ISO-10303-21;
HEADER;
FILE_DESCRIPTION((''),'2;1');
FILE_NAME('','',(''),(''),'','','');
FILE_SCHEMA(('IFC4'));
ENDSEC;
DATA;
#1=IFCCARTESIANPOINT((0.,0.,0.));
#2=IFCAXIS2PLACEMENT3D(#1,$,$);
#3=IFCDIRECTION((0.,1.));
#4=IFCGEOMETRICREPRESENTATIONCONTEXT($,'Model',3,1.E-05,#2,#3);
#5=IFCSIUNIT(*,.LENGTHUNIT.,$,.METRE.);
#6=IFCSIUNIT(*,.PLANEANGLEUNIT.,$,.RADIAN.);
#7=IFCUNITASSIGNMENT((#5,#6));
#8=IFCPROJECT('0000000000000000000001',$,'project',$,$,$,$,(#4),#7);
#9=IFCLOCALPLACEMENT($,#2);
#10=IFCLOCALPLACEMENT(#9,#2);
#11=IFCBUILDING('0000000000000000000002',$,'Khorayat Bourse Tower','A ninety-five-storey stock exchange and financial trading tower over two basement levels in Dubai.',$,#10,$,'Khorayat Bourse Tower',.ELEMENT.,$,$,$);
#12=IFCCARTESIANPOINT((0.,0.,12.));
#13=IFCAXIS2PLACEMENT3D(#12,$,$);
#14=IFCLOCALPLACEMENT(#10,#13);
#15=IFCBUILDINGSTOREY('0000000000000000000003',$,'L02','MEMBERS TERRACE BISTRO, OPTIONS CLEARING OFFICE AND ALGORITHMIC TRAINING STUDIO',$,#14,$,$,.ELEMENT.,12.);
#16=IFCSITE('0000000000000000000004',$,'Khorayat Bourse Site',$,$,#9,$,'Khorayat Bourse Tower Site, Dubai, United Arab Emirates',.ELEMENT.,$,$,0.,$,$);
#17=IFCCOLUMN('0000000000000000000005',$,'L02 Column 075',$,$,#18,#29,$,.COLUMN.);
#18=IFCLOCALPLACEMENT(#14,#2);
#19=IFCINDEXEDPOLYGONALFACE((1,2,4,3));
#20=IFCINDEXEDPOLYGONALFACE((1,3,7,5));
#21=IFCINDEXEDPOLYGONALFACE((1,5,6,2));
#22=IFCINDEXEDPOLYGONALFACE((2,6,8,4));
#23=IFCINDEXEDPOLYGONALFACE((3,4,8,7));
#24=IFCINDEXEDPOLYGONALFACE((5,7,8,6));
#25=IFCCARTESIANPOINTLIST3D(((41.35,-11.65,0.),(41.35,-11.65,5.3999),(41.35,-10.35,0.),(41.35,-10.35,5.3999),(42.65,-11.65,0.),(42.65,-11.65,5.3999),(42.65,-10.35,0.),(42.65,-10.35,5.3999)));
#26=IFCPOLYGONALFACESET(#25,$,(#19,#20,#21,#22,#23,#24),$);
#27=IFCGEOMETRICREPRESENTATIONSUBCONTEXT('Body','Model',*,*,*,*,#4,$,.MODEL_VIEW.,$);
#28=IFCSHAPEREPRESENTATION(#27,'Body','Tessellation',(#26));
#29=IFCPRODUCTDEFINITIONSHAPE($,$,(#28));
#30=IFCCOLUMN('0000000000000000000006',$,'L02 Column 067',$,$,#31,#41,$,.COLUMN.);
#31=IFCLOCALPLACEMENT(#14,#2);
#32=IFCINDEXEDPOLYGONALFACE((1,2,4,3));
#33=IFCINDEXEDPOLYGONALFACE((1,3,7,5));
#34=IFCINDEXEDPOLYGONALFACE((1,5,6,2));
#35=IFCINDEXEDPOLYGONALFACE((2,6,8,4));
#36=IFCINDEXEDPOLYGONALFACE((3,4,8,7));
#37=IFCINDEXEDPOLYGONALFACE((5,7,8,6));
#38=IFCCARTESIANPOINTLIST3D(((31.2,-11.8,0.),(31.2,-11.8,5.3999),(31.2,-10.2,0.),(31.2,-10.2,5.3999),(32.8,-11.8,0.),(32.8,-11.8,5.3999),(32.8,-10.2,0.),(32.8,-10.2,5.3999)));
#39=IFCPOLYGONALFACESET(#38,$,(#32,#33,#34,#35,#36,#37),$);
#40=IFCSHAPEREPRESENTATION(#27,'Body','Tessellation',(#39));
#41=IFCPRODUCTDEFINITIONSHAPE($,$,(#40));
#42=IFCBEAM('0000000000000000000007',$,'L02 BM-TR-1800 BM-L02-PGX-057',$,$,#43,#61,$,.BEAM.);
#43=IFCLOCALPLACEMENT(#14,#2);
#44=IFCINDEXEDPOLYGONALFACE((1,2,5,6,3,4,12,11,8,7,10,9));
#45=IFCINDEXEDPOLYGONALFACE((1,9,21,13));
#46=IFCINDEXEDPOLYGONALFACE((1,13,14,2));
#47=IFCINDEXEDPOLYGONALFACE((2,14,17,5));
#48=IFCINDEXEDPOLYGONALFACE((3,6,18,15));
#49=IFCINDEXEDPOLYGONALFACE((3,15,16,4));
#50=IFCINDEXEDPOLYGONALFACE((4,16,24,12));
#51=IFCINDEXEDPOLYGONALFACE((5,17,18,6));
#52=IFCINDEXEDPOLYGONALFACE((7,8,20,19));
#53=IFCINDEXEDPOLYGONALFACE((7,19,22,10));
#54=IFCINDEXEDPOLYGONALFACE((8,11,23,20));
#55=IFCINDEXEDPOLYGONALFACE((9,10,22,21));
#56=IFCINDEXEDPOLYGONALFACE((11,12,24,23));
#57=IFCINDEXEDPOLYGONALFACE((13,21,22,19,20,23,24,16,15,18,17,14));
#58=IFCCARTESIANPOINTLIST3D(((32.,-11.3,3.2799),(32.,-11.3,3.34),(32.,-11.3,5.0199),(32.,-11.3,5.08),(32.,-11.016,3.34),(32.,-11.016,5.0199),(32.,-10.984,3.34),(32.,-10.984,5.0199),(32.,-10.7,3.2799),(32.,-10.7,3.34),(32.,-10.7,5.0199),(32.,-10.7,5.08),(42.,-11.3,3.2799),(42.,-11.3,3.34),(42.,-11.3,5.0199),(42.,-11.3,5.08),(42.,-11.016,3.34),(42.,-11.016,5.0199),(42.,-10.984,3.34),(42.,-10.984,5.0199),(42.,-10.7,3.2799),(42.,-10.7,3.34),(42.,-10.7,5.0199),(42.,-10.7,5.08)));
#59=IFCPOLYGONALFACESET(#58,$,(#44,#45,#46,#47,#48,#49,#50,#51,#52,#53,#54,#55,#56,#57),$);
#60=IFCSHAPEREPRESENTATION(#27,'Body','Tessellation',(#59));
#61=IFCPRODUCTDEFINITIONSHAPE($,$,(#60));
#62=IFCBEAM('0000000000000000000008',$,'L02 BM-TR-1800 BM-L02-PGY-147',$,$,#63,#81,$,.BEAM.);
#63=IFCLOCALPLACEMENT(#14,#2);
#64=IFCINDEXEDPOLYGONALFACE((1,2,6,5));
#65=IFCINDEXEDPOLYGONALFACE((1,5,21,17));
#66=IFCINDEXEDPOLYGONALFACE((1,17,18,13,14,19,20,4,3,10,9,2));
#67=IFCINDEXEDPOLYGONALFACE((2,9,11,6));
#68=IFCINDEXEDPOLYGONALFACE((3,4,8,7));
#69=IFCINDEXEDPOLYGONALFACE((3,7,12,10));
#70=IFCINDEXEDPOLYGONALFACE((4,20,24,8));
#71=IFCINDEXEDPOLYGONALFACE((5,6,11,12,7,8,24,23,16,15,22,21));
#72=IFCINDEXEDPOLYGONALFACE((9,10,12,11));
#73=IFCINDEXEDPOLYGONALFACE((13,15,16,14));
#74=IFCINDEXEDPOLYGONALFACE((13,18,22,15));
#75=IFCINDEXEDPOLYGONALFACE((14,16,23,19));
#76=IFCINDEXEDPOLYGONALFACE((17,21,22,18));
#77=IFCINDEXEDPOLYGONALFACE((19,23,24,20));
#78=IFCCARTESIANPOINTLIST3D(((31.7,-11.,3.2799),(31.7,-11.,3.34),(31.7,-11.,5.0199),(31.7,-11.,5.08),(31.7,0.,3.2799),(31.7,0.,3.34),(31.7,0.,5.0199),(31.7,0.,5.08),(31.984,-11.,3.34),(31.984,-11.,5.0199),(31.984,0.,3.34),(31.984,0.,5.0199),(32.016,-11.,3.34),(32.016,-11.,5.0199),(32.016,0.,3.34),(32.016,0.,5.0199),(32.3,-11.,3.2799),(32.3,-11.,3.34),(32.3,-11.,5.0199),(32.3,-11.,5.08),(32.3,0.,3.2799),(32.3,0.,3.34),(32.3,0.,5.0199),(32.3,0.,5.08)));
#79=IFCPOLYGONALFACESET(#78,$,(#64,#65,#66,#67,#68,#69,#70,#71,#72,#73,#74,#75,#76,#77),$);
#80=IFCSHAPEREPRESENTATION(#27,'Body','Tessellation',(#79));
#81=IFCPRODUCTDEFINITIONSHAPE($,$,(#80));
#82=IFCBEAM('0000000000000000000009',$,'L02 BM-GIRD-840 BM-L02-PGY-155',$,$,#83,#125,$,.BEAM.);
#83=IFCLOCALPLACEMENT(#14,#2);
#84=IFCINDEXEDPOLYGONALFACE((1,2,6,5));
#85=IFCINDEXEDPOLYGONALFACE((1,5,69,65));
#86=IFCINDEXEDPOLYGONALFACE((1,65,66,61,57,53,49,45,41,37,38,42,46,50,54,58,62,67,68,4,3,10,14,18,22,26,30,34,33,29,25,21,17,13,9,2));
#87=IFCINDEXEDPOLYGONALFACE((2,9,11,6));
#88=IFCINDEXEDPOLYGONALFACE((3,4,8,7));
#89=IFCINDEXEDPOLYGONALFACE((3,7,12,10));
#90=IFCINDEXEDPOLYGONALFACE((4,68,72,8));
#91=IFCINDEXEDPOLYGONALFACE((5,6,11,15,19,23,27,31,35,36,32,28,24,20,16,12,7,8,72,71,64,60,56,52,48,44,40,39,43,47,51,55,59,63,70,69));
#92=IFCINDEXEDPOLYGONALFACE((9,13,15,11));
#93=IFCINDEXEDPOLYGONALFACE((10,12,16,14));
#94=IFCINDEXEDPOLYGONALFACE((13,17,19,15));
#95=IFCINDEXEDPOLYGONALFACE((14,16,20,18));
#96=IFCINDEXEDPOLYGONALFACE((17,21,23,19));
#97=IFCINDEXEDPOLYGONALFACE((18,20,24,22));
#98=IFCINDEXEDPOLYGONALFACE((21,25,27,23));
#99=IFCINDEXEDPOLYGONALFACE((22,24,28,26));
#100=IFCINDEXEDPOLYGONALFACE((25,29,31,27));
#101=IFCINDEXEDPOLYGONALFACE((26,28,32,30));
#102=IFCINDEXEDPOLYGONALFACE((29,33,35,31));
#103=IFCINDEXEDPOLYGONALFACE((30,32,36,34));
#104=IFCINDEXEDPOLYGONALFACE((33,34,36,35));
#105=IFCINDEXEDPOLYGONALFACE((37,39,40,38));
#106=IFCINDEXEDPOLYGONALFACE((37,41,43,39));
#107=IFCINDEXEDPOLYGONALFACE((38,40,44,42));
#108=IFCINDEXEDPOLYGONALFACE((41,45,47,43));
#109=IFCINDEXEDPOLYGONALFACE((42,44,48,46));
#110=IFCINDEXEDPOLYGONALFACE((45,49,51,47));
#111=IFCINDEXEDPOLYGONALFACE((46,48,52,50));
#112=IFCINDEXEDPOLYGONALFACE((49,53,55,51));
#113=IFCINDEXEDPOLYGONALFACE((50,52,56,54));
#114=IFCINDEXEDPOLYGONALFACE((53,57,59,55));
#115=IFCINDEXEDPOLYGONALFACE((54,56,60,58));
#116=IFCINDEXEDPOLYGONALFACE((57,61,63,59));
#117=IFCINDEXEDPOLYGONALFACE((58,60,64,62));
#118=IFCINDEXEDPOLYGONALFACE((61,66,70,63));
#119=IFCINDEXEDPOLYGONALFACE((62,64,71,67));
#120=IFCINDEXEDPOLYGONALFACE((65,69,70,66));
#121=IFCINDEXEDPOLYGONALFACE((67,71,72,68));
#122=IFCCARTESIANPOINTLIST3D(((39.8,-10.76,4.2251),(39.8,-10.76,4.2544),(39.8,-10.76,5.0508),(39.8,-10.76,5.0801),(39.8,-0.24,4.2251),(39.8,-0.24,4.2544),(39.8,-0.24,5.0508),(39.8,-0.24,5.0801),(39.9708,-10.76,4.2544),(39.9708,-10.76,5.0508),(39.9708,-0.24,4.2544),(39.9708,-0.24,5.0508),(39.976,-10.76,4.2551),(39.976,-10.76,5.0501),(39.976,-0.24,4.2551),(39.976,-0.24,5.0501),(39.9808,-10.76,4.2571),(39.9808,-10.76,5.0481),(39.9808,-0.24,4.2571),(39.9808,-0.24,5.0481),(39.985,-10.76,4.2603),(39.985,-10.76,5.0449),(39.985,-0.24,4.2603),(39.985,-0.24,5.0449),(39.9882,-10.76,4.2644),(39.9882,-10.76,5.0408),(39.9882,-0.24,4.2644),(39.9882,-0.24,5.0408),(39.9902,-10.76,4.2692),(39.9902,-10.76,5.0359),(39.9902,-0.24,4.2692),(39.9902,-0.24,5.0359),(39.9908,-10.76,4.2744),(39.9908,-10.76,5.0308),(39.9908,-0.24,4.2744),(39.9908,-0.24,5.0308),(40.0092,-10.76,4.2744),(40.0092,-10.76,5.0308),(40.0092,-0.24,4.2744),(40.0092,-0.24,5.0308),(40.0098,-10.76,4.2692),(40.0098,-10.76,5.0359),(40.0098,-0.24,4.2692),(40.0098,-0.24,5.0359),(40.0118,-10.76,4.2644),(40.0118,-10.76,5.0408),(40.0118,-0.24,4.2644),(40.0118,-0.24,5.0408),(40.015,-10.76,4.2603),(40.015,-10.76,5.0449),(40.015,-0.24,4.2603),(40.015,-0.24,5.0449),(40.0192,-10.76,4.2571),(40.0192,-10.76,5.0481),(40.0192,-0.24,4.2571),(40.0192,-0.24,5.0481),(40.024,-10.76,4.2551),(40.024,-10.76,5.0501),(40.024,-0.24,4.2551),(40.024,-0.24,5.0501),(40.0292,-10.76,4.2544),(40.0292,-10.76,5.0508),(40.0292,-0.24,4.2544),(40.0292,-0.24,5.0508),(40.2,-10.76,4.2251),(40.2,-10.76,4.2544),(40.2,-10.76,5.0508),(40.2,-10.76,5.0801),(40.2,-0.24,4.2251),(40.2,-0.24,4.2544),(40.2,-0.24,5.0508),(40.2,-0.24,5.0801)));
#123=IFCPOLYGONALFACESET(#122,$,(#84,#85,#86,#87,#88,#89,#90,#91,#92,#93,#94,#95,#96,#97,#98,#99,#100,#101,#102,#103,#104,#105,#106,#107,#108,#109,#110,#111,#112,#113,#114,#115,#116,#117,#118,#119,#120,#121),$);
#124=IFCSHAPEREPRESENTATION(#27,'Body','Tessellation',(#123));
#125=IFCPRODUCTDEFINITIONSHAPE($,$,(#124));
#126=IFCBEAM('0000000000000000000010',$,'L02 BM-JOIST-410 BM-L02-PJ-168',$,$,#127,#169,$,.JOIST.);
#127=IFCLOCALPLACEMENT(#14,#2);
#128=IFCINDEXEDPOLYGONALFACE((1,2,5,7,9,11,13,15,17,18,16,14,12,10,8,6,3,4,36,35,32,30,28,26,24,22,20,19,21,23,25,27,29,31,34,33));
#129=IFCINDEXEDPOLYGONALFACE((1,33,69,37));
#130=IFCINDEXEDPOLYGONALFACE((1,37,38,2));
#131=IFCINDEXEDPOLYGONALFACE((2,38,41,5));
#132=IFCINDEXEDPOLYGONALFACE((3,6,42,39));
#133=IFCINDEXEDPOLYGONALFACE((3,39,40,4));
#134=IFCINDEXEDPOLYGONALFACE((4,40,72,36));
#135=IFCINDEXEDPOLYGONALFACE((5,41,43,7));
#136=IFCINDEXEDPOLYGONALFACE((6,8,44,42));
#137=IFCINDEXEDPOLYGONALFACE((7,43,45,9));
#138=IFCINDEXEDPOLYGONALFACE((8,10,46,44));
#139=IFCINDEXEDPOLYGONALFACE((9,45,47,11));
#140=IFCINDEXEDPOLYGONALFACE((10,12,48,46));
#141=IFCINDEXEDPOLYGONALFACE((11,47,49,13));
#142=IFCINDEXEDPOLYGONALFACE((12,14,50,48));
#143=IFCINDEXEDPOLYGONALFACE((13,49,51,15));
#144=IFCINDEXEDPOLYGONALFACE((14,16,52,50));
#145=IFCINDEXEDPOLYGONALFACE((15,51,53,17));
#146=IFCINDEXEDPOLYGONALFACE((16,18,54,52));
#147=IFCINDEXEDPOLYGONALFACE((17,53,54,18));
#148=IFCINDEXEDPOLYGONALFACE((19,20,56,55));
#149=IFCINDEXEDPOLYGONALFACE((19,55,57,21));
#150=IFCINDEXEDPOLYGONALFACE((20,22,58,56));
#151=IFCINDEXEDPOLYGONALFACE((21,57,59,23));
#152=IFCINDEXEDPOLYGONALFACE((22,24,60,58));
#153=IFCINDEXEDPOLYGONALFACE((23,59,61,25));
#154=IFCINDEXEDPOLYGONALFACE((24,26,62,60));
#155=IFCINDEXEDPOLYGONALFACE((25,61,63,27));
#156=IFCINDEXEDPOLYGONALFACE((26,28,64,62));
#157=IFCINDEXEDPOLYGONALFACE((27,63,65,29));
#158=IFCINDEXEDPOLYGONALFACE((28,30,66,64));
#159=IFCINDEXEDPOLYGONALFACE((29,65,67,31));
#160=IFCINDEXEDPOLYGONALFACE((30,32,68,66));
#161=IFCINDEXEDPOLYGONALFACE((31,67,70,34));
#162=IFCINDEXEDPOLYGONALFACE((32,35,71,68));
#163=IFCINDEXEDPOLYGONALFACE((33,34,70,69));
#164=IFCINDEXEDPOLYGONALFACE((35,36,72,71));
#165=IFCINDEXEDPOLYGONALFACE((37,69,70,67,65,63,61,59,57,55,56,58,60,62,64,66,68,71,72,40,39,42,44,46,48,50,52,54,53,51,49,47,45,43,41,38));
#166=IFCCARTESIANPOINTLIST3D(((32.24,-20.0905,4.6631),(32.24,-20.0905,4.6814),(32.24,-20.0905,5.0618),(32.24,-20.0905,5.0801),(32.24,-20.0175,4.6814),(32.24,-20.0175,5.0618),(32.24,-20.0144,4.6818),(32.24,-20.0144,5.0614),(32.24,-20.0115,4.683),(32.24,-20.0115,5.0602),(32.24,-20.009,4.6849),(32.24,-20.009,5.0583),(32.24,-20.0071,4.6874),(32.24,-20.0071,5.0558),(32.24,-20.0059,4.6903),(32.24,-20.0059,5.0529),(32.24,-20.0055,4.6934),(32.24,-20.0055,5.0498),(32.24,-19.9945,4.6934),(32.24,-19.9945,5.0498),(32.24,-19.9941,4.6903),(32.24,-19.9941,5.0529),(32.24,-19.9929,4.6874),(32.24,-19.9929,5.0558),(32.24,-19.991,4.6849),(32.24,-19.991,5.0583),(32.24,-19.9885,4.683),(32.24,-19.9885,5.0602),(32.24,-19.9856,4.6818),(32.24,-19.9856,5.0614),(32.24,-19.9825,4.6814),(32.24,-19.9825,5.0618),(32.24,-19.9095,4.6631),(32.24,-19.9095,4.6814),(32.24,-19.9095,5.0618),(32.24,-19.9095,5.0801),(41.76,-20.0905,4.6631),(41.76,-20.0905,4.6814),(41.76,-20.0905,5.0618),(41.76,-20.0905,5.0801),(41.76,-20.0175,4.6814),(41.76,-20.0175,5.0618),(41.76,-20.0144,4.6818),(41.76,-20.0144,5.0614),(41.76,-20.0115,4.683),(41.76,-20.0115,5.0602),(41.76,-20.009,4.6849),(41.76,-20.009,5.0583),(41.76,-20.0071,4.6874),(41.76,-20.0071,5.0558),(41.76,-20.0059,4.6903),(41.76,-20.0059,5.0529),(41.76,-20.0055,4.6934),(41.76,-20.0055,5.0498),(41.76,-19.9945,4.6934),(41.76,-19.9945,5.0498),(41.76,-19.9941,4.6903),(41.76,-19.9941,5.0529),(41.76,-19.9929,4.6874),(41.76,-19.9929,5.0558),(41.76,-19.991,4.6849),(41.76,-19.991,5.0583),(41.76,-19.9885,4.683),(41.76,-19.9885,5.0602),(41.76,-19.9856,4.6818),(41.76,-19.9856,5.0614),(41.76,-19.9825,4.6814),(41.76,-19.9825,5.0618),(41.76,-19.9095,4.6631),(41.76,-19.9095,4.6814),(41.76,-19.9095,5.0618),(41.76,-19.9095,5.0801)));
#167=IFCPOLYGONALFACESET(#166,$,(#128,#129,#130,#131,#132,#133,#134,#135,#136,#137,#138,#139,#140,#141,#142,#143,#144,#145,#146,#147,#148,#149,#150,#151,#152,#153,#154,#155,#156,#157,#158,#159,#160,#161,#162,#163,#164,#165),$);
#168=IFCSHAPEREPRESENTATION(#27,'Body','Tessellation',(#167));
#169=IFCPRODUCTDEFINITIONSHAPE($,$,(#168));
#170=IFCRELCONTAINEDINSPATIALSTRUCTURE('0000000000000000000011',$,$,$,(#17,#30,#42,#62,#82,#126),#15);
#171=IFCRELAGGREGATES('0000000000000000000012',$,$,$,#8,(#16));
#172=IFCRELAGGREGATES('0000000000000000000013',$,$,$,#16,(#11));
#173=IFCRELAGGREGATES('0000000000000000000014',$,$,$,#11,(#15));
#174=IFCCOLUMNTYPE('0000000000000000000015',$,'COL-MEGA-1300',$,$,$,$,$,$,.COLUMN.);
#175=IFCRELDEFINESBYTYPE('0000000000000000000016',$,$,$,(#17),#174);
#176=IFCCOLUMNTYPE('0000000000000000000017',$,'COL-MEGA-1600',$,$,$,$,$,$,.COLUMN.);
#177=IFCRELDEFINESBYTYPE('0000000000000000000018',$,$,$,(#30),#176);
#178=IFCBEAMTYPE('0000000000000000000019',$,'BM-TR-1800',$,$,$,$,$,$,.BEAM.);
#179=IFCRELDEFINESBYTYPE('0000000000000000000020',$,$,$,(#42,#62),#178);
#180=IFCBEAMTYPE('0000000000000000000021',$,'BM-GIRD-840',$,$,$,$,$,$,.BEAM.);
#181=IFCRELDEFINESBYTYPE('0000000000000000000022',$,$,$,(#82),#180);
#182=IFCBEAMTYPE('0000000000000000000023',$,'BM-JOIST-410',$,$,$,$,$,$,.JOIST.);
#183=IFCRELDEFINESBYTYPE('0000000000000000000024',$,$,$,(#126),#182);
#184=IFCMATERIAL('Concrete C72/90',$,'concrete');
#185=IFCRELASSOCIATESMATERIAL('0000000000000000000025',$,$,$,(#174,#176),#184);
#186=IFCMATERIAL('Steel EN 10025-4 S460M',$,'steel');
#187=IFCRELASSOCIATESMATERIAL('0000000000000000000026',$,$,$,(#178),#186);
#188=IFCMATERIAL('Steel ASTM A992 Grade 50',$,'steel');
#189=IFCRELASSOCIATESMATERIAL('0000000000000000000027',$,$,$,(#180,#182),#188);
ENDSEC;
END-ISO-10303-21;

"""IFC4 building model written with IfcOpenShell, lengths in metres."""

from ifc_helpers import new_model, si_unit, direction, frame, origin, origin_2d, place, context, subcontext, project, spatial, rectangle, i_section, extrude, source, transform, mapped, material, material_profile, profile_set, type_object, element, save


model = new_model("IFC4")

# Units and contexts
model_context = context("Model", 3, precision=1e-05, world=origin(), true_north=direction((0.0, 1.0)))
body_context = subcontext(model_context, "Body", "Model", "MODEL_VIEW")
ifc_project = project(units=[si_unit("LENGTHUNIT", "METRE"), si_unit("PLANEANGLEUNIT", "RADIAN")], contexts=[model_context])

# Site, building, storey
site_placement = place(None, origin())
site = spatial("IfcSite", under=ifc_project, at=site_placement, Name="Khorayat Bourse Site", LongName="Khorayat Bourse Tower Site, Dubai, United Arab Emirates", CompositionType="ELEMENT", RefElevation=0.0)
building_placement = place(site_placement, origin())
building = spatial("IfcBuilding", under=site, at=building_placement, Name="Khorayat Bourse Tower", Description="A ninety-five-storey stock exchange and financial trading tower over two basement levels in Dubai.", LongName="Khorayat Bourse Tower", CompositionType="ELEMENT")
storey_placement = place(building_placement, frame((0.0, 0.0, 12.0)))
storey = spatial("IfcBuildingStorey", under=building, at=storey_placement, Name="L02", Description="MEMBERS TERRACE BISTRO, OPTIONS CLEARING OFFICE AND ALGORITHMIC TRAINING STUDIO", CompositionType="ELEMENT", Elevation=12.0)

# Columns
ifc_material_1 = material(Name="Concrete C72/90", Category="concrete")
ifc_material_profile_1 = material_profile(ifc_material_1, rectangle(XDim=1.3, YDim=1.3, at=origin_2d()), Name="RC 1300x1300")
ifc_profile_set_1 = profile_set([ifc_material_profile_1], Name="Concrete C72/90")
column_type_1 = type_object("IfcColumnType", Name="COL-MEGA-1300", PredefinedType="COLUMN", material=ifc_profile_set_1)
shared_shape_1 = source(origin(), body_context, "Body", "SweptSolid", [
    extrude(rectangle(XDim=1.3, YDim=1.3, at=origin_2d()), origin(), (0.0, 0.0, 1.0), 5.3999),
])
column_1_placement = place(storey_placement, frame((42.0, -11.0, 0.0), z_axis=(0.0, 0.0, 1.0), x_axis=(1.0, 0.0, 0.0)))
element("IfcColumn", 1, at=column_1_placement, inside=storey, type_object=column_type_1, Name="L02 Column 075", PredefinedType="COLUMN", context=body_context, shape_type="MappedRepresentation", body=[
    mapped(shared_shape_1, transform((0.0, 0.0, 0.0), scale=1.0)),
])
ifc_material_profile_2 = material_profile(ifc_material_1, rectangle(XDim=1.6001, YDim=1.6001, at=origin_2d()), Name="RC 1600x1600")
ifc_profile_set_2 = profile_set([ifc_material_profile_2], Name="Concrete C72/90")
column_type_2 = type_object("IfcColumnType", Name="COL-MEGA-1600", PredefinedType="COLUMN", material=ifc_profile_set_2)
shared_shape_2 = source(origin(), body_context, "Body", "SweptSolid", [
    extrude(rectangle(XDim=1.6001, YDim=1.6001, at=origin_2d()), origin(), (0.0, 0.0, 1.0), 5.3999),
])
column_2_placement = place(storey_placement, frame((32.0, -11.0, 0.0), z_axis=(0.0, 0.0, 1.0), x_axis=(1.0, 0.0, 0.0)))
element("IfcColumn", 2, at=column_2_placement, inside=storey, type_object=column_type_2, Name="L02 Column 067", PredefinedType="COLUMN", context=body_context, shape_type="MappedRepresentation", body=[
    mapped(shared_shape_2, transform((0.0, 0.0, 0.0), scale=1.0)),
])

# Beams
ifc_material_2 = material(Name="Steel EN 10025-4 S460M", Category="steel")
ifc_material_profile_3 = material_profile(ifc_material_2, i_section(OverallWidth=0.6001, OverallDepth=1.8, WebThickness=0.032, FlangeThickness=0.0601, at=origin_2d()), Name="PG 1800x600x32x60")
ifc_profile_set_3 = profile_set([ifc_material_profile_3], Name="Steel EN 10025-4 S460M")
beam_type_1 = type_object("IfcBeamType", Name="BM-TR-1800", PredefinedType="BEAM", material=ifc_profile_set_3)
shared_shape_3 = source(origin(), body_context, "Body", "SweptSolid", [
    extrude(i_section(OverallWidth=0.6001, OverallDepth=1.8, WebThickness=0.032, FlangeThickness=0.0601, at=origin_2d()), origin(), (0.0, 0.0, 1.0), 10.0),
])
beam_1_placement = place(storey_placement, frame((32.0, -11.0, 4.1799), z_axis=(1.0, 0.0, 0.0), x_axis=(0.0, 1.0, 0.0)))
element("IfcBeam", 3, at=beam_1_placement, inside=storey, type_object=beam_type_1, Name="L02 BM-TR-1800 BM-L02-PGX-057", PredefinedType="BEAM", context=body_context, shape_type="MappedRepresentation", body=[
    mapped(shared_shape_3, transform((0.0, 0.0, 0.0), scale=1.0)),
])
shared_shape_4 = source(origin(), body_context, "Body", "SweptSolid", [
    extrude(i_section(OverallWidth=0.6001, OverallDepth=1.8, WebThickness=0.032, FlangeThickness=0.0601, at=origin_2d()), origin(), (0.0, 0.0, 1.0), 11.0),
])
beam_2_placement = place(storey_placement, frame((32.0, -11.0, 4.1799), z_axis=(0.0, 1.0, 0.0), x_axis=(-1.0, 0.0, 0.0)))
element("IfcBeam", 4, at=beam_2_placement, inside=storey, type_object=beam_type_1, Name="L02 BM-TR-1800 BM-L02-PGY-147", PredefinedType="BEAM", context=body_context, shape_type="MappedRepresentation", body=[
    mapped(shared_shape_4, transform((0.0, 0.0, 0.0), scale=1.0)),
])
ifc_material_3 = material(Name="Steel ASTM A992 Grade 50", Category="steel")
ifc_material_profile_4 = material_profile(ifc_material_3, i_section(OverallWidth=0.3999, OverallDepth=0.855, WebThickness=0.0183, FlangeThickness=0.0293, FilletRadius=0.02, at=origin_2d()), Name="W840X299")
ifc_profile_set_4 = profile_set([ifc_material_profile_4], Name="Steel ASTM A992 Grade 50")
beam_type_2 = type_object("IfcBeamType", Name="BM-GIRD-840", PredefinedType="BEAM", material=ifc_profile_set_4)
shared_shape_5 = source(origin(), body_context, "Body", "SweptSolid", [
    extrude(i_section(OverallWidth=0.3999, OverallDepth=0.855, WebThickness=0.0183, FlangeThickness=0.0293, FilletRadius=0.02, at=origin_2d()), origin(), (0.0, 0.0, 1.0), 10.52),
])
beam_3_placement = place(storey_placement, frame((40.0, -10.76, 4.6526), z_axis=(0.0, 1.0, 0.0), x_axis=(-1.0, 0.0, 0.0)))
element("IfcBeam", 5, at=beam_3_placement, inside=storey, type_object=beam_type_2, Name="L02 BM-GIRD-840 BM-L02-PGY-155", PredefinedType="BEAM", context=body_context, shape_type="MappedRepresentation", body=[
    mapped(shared_shape_5, transform((0.0, 0.0, 0.0), scale=1.0)),
])
ifc_material_profile_5 = material_profile(ifc_material_3, i_section(OverallWidth=0.1809, OverallDepth=0.417, WebThickness=0.011, FlangeThickness=0.0183, FilletRadius=0.012, at=origin_2d()), Name="W410X85")
ifc_profile_set_5 = profile_set([ifc_material_profile_5], Name="Steel ASTM A992 Grade 50")
beam_type_3 = type_object("IfcBeamType", Name="BM-JOIST-410", PredefinedType="JOIST", material=ifc_profile_set_5)
shared_shape_6 = source(origin(), body_context, "Body", "SweptSolid", [
    extrude(i_section(OverallWidth=0.1809, OverallDepth=0.417, WebThickness=0.011, FlangeThickness=0.0183, FilletRadius=0.012, at=origin_2d()), origin(), (0.0, 0.0, 1.0), 9.52),
])
for number, where, z_axis, x_axis, name in (
    (6, (32.24, -20.0, 4.8716), (1.0, 0.0, 0.0), (0.0, 1.0, 0.0), "L02 BM-JOIST-410 BM-L02-PJ-168"),
):
    element("IfcBeam", number, at=place(storey_placement, frame(where, z_axis=z_axis, x_axis=x_axis)), inside=storey, type_object=beam_type_3, Name=name, PredefinedType="JOIST", context=body_context, shape_type="MappedRepresentation", body=[
        mapped(shared_shape_6, transform((0.0, 0.0, 0.0), scale=1.0)),
    ])

save(model, "model.ifc")
